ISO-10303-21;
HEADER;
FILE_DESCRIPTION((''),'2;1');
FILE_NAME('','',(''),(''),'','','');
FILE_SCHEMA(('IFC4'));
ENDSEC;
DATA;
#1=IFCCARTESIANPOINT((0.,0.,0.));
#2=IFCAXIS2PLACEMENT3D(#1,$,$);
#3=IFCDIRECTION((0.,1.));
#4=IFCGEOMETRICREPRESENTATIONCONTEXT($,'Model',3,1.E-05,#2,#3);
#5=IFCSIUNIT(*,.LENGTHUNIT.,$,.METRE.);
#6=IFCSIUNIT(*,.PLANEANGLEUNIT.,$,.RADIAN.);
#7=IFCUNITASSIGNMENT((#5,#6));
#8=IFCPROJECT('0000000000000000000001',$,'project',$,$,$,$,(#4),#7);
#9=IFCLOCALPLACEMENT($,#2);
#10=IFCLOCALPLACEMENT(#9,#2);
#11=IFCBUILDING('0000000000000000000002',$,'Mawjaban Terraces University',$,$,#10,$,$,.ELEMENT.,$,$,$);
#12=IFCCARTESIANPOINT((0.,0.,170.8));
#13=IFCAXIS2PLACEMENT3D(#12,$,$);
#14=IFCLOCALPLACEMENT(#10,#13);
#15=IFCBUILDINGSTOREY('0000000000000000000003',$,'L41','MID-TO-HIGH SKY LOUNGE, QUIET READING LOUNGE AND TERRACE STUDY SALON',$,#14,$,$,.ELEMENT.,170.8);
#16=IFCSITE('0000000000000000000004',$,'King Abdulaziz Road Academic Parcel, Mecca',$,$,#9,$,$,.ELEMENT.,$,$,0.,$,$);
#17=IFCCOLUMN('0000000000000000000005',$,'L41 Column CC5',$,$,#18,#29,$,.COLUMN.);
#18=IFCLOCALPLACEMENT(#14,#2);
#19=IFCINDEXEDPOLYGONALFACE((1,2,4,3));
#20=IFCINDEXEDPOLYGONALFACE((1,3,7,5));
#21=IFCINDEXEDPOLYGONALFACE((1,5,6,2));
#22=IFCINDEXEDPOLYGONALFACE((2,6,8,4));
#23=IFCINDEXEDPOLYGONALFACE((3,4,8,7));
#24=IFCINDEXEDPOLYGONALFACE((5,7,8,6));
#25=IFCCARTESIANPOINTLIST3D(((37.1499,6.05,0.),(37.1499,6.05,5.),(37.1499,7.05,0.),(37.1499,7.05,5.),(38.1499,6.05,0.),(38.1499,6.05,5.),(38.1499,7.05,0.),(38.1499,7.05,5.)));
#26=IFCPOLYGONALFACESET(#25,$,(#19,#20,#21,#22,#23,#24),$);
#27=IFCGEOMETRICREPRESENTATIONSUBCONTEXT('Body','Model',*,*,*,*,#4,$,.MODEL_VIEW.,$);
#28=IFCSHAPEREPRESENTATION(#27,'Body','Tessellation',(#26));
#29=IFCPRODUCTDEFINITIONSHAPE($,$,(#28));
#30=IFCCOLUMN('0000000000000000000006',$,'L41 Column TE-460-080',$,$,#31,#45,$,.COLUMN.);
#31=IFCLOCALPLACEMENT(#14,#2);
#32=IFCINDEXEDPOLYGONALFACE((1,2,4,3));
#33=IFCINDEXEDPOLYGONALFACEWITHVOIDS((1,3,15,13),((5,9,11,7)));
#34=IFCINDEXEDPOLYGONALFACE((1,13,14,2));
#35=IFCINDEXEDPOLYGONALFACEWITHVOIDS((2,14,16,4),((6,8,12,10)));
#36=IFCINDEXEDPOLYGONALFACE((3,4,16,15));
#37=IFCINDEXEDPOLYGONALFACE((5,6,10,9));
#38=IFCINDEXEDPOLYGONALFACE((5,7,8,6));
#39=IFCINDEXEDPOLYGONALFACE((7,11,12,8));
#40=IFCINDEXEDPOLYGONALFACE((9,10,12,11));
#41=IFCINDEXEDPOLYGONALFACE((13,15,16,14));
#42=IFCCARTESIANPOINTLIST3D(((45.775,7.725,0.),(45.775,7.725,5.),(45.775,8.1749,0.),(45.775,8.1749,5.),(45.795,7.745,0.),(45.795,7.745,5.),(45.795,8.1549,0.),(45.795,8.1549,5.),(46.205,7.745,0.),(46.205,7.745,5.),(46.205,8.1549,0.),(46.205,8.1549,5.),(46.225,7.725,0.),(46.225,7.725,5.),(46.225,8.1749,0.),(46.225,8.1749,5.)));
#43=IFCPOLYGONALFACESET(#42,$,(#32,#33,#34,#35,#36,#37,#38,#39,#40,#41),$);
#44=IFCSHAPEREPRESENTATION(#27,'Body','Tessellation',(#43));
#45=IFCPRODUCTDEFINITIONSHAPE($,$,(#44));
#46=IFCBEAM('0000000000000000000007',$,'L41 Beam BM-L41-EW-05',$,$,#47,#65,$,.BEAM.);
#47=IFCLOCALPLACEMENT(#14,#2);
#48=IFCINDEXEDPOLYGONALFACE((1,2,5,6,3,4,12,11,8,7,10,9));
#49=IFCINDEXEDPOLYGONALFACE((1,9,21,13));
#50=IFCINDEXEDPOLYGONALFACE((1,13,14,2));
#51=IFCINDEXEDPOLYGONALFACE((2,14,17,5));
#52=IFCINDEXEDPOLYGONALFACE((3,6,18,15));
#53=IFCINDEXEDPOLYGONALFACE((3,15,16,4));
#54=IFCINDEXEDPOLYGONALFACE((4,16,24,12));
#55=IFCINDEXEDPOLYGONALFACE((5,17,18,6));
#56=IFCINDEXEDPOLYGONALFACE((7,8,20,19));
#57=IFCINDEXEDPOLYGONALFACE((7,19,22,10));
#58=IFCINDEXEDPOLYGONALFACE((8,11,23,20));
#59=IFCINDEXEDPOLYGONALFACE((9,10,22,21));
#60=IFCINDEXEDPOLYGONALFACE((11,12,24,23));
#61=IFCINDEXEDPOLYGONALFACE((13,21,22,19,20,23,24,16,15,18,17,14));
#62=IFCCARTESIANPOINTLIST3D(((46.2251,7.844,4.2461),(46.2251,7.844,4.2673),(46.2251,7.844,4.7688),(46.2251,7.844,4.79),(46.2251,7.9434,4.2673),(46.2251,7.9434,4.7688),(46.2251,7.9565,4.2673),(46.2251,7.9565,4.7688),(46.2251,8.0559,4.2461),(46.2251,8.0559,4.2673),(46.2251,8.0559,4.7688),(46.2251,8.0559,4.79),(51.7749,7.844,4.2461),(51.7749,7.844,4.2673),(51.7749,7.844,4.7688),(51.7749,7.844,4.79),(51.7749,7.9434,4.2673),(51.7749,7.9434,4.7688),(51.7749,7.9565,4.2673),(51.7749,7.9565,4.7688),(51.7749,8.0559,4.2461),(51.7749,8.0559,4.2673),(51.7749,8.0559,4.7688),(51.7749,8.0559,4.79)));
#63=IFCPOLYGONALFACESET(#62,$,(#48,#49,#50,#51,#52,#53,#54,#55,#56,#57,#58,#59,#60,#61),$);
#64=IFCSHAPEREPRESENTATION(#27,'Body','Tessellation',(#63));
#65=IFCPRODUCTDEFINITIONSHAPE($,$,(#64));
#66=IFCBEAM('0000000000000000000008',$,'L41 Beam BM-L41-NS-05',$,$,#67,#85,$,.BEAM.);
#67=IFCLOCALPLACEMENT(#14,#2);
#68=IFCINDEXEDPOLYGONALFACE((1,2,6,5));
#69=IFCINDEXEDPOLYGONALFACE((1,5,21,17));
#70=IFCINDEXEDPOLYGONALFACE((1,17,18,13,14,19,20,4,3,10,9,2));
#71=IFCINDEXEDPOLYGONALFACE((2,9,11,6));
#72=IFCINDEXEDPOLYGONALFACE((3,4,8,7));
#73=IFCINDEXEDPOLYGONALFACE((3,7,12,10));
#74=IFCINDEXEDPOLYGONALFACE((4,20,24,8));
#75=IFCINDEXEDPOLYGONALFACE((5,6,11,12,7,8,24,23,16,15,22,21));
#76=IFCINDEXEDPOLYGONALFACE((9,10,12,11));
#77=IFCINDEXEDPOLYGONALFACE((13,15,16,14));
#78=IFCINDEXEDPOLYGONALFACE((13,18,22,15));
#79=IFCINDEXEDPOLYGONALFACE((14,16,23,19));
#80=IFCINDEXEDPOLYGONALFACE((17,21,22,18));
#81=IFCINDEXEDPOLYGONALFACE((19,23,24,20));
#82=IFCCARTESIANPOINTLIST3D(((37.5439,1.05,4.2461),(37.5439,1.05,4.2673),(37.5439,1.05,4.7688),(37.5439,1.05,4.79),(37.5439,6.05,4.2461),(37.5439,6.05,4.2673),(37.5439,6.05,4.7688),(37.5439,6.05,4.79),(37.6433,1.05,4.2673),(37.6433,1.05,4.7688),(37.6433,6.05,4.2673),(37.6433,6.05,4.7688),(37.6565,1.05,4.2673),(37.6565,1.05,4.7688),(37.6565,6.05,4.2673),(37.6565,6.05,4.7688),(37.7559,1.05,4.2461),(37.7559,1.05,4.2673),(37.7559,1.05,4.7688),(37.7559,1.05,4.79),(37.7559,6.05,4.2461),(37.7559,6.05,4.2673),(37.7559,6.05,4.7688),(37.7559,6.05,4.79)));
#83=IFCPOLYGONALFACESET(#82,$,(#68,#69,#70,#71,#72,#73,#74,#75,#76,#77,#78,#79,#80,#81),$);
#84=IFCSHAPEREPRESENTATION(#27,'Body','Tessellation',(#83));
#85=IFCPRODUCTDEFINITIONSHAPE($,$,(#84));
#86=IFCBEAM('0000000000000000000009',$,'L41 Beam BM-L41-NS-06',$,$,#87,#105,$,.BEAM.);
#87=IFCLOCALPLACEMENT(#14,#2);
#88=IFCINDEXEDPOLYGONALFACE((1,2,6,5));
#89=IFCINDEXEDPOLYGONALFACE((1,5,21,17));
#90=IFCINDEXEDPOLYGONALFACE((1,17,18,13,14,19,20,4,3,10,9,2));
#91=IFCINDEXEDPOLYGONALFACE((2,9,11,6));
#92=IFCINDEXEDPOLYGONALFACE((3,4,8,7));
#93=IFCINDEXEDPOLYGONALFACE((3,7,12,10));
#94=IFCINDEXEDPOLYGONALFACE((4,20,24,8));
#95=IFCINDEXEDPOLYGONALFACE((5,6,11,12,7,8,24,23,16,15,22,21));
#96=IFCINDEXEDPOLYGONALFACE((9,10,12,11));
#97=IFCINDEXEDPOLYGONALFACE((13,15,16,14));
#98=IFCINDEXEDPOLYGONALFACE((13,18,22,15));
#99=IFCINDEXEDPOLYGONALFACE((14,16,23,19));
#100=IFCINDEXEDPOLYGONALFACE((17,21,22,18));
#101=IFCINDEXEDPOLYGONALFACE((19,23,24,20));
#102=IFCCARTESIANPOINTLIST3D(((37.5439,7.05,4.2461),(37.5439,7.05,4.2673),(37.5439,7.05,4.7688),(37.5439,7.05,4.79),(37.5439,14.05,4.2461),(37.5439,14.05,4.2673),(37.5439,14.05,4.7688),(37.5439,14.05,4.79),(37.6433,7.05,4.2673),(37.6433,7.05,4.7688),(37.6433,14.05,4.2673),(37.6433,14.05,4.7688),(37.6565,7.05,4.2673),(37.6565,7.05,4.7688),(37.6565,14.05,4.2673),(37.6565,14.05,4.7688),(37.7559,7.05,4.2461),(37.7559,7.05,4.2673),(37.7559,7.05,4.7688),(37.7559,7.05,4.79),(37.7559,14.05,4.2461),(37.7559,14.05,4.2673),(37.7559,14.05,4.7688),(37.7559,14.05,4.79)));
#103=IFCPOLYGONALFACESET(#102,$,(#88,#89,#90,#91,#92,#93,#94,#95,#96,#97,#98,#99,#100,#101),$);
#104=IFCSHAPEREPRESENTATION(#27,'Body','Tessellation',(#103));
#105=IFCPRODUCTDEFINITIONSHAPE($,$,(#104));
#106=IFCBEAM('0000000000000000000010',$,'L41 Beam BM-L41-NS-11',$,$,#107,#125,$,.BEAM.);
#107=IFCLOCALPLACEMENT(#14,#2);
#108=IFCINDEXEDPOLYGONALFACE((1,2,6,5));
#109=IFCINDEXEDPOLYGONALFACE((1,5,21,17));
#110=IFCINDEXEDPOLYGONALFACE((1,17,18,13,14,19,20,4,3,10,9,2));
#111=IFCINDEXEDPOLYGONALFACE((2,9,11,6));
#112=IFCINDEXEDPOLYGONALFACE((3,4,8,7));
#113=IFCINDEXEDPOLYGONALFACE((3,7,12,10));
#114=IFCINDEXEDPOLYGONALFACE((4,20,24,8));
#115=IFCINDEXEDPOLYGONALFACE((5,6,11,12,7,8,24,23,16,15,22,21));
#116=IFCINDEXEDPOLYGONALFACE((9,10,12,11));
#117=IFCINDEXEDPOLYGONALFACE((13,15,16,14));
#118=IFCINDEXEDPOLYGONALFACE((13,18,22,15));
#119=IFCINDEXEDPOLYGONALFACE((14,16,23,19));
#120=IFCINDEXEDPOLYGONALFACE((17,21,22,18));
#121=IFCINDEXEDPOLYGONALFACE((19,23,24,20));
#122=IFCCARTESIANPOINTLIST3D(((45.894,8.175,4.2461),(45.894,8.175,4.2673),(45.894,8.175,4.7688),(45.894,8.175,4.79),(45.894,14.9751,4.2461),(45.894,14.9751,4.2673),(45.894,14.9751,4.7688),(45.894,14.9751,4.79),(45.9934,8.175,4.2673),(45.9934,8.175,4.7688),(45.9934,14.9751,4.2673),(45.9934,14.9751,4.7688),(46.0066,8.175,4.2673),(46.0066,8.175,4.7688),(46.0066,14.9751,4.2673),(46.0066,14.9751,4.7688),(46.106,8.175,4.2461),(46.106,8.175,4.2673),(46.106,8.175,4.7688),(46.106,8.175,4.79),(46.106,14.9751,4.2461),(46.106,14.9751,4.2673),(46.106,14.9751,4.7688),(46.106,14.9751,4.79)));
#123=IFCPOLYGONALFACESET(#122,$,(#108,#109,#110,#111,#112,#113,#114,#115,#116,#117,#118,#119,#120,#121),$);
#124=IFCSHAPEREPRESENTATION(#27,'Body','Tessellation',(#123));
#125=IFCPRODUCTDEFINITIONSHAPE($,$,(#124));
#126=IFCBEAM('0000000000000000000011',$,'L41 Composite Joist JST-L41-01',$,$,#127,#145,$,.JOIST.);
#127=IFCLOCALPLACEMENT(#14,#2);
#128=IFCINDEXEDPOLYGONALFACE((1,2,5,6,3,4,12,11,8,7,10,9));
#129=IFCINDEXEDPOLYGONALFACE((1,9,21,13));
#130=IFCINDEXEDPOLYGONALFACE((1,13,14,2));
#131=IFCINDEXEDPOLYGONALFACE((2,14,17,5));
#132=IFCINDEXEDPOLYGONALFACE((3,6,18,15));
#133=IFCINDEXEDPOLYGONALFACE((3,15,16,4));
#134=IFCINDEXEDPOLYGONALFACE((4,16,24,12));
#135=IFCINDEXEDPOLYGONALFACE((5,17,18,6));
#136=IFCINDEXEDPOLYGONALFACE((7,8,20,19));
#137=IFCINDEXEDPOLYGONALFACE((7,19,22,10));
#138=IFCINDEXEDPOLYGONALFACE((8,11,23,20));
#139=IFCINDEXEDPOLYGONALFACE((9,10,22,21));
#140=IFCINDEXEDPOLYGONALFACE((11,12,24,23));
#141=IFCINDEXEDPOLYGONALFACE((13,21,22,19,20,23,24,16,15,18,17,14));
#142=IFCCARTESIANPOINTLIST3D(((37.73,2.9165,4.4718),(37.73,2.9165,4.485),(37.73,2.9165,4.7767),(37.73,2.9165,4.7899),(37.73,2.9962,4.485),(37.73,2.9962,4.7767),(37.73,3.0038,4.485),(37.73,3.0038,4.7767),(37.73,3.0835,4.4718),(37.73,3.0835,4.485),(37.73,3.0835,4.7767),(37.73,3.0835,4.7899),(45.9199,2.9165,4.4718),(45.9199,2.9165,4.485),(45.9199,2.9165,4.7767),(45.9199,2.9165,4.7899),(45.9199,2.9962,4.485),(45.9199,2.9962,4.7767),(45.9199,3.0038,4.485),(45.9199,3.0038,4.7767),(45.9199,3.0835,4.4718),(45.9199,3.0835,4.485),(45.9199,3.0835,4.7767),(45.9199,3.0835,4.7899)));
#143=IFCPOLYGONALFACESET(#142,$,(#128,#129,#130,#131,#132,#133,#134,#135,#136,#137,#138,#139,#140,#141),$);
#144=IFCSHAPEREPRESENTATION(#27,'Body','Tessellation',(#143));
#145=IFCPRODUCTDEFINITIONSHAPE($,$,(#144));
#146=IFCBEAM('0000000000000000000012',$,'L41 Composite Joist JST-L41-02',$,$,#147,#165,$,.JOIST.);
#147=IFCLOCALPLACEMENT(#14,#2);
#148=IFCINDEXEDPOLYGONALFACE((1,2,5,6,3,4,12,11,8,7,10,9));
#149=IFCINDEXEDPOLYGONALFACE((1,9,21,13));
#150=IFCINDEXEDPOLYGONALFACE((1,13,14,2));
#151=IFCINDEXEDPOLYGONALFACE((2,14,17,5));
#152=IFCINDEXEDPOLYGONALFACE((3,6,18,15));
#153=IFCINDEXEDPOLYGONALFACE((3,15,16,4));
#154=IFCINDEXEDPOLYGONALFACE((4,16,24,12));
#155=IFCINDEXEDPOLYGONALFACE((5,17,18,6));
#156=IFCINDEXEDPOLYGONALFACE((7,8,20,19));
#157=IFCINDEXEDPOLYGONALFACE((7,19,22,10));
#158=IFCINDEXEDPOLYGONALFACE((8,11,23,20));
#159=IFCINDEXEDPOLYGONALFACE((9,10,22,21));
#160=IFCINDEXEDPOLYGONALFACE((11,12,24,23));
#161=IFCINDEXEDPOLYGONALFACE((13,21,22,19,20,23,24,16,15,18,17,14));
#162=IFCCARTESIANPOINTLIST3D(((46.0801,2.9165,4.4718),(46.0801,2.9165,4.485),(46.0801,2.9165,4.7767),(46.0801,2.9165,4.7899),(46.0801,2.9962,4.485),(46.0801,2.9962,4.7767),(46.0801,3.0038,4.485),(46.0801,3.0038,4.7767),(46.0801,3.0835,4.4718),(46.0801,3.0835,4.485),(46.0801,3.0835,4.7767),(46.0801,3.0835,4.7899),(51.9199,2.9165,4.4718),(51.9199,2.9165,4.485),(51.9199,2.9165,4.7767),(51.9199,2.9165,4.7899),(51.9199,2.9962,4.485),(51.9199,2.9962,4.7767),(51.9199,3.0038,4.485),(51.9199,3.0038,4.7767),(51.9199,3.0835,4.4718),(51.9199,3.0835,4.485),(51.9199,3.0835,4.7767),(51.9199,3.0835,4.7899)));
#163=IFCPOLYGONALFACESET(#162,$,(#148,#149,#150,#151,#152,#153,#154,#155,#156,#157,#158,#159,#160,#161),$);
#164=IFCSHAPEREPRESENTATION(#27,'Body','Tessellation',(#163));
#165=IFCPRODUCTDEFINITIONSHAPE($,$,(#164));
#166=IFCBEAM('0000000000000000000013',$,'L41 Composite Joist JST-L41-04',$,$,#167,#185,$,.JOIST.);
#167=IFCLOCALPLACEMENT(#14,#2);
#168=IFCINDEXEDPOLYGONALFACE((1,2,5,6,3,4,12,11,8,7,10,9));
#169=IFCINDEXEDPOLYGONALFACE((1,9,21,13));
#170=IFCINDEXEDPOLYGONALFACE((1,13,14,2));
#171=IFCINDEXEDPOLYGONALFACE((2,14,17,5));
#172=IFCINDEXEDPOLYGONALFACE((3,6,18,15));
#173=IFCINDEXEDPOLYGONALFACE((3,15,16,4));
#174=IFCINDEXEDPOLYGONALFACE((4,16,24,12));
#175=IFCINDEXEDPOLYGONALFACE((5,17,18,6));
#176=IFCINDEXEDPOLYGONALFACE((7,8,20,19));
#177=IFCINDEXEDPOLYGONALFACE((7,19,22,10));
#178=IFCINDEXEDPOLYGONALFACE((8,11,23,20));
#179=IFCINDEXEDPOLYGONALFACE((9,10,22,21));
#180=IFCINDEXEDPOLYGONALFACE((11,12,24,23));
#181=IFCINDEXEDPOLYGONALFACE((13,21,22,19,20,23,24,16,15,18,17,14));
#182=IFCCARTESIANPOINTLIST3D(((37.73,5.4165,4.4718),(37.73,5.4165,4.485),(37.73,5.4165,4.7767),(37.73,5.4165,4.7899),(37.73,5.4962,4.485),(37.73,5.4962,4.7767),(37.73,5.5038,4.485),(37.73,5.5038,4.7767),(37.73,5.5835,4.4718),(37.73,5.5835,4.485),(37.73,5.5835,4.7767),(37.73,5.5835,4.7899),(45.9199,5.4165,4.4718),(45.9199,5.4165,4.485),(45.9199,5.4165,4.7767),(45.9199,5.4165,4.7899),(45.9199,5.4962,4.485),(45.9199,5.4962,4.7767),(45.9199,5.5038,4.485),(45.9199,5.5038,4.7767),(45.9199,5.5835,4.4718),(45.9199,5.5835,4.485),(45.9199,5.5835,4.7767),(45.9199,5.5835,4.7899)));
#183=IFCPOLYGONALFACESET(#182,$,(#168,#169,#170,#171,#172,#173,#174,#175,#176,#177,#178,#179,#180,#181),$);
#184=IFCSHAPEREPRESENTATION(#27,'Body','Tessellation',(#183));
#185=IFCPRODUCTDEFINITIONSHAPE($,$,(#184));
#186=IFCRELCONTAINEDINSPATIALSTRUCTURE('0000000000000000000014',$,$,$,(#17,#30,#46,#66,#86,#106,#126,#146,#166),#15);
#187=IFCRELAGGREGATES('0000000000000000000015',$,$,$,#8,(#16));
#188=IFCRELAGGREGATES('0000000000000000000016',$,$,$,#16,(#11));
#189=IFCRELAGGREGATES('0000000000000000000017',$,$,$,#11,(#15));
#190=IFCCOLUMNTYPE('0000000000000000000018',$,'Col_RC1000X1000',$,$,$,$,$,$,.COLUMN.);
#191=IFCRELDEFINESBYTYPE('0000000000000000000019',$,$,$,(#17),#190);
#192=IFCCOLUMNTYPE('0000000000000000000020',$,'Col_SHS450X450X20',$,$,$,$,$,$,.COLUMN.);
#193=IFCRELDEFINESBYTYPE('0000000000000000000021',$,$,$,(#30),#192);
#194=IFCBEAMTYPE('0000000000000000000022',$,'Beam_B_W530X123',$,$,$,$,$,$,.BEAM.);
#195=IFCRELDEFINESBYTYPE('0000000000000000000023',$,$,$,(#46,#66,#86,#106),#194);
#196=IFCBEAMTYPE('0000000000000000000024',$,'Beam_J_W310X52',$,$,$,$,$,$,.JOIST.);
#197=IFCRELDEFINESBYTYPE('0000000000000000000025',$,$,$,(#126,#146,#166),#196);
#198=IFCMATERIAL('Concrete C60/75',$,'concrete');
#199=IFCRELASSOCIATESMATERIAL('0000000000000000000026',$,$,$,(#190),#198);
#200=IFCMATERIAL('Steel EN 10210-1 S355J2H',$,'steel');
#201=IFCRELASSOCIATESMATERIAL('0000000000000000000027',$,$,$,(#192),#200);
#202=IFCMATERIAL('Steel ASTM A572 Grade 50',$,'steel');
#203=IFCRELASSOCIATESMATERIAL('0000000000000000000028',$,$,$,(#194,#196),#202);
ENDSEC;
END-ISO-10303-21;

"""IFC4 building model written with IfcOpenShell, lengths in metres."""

from ifc_helpers import new_model, si_unit, direction, frame, origin, origin_2d, place, context, subcontext, project, spatial, rectangle, hollow_rectangle, i_section, extrude, material, material_profile, profile_set, type_object, element, save


model = new_model("IFC4")

# Units and contexts
model_context = context("Model", 3, precision=1e-05, world=origin(), true_north=direction((0.0, 1.0)))
body_context = subcontext(model_context, "Body", "Model", "MODEL_VIEW")
ifc_project = project(units=[si_unit("LENGTHUNIT", "METRE"), si_unit("PLANEANGLEUNIT", "RADIAN")], contexts=[model_context])

# Site, building, storey
site_placement = place(None, origin())
site = spatial("IfcSite", under=ifc_project, at=site_placement, Name="King Abdulaziz Road Academic Parcel, Mecca", CompositionType="ELEMENT", RefElevation=0.0)
building_placement = place(site_placement, origin())
building = spatial("IfcBuilding", under=site, at=building_placement, Name="Mawjaban Terraces University", CompositionType="ELEMENT")
storey_placement = place(building_placement, frame((0.0, 0.0, 170.8)))
storey = spatial("IfcBuildingStorey", under=building, at=storey_placement, Name="L41", Description="MID-TO-HIGH SKY LOUNGE, QUIET READING LOUNGE AND TERRACE STUDY SALON", CompositionType="ELEMENT", Elevation=170.8)

# Columns
ifc_material_1 = material(Name="Concrete C60/75", Category="concrete")
ifc_material_profile_1 = material_profile(ifc_material_1, rectangle(XDim=1.0, YDim=1.0, at=origin_2d()), Name="RC1000X1000")
ifc_profile_set_1 = profile_set([ifc_material_profile_1], Name="Concrete C60/75")
column_type_1 = type_object("IfcColumnType", Name="Col_RC1000X1000", PredefinedType="COLUMN", material=ifc_profile_set_1)
column_1_placement = place(storey_placement, frame((37.6499, 6.55, 0.0), z_axis=(0.0, 0.0, 1.0), x_axis=(1.0, 0.0, 0.0)))
element("IfcColumn", 1, at=column_1_placement, inside=storey, type_object=column_type_1, Name="L41 Column CC5", PredefinedType="COLUMN", context=body_context, shape_type="SweptSolid", body=[
    extrude(rectangle(XDim=1.0, YDim=1.0, at=origin_2d()), origin(), (0.0, 0.0, 1.0), 5.0),
])
ifc_material_2 = material(Name="Steel EN 10210-1 S355J2H", Category="steel")
ifc_material_profile_2 = material_profile(ifc_material_2, hollow_rectangle(XDim=0.45, YDim=0.45, WallThickness=0.02, at=origin_2d()), Name="SHS450X450X20")
ifc_profile_set_2 = profile_set([ifc_material_profile_2], Name="Steel EN 10210-1 S355J2H")
column_type_2 = type_object("IfcColumnType", Name="Col_SHS450X450X20", PredefinedType="COLUMN", material=ifc_profile_set_2)
column_2_placement = place(storey_placement, frame((46.0, 7.95, 0.0), z_axis=(0.0, 0.0, 1.0), x_axis=(1.0, 0.0, 0.0)))
element("IfcColumn", 2, at=column_2_placement, inside=storey, type_object=column_type_2, Name="L41 Column TE-460-080", PredefinedType="COLUMN", context=body_context, shape_type="SweptSolid", body=[
    extrude(hollow_rectangle(XDim=0.45, YDim=0.45, WallThickness=0.02, at=origin_2d()), origin(), (0.0, 0.0, 1.0), 5.0),
])

# Beams
ifc_material_3 = material(Name="Steel ASTM A572 Grade 50", Category="steel")
ifc_material_profile_3 = material_profile(ifc_material_3, i_section(OverallWidth=0.2119, OverallDepth=0.5439, WebThickness=0.0132, FlangeThickness=0.0212, at=origin_2d()), Name="W530X123")
ifc_profile_set_3 = profile_set([ifc_material_profile_3], Name="Steel ASTM A572 Grade 50")
beam_type_1 = type_object("IfcBeamType", Name="Beam_B_W530X123", PredefinedType="BEAM", material=ifc_profile_set_3)
beam_1_placement = place(storey_placement, frame((46.2251, 7.95, 4.5181), z_axis=(1.0, 0.0, 0.0), x_axis=(0.0, 1.0, 0.0)))
element("IfcBeam", 3, at=beam_1_placement, inside=storey, type_object=beam_type_1, Name="L41 Beam BM-L41-EW-05", PredefinedType="BEAM", context=body_context, shape_type="SweptSolid", body=[
    extrude(i_section(OverallWidth=0.2119, OverallDepth=0.5439, WebThickness=0.0132, FlangeThickness=0.0212, at=origin_2d()), origin(), (0.0, 0.0, 1.0), 5.5498),
])
beam_2_placement = place(storey_placement, frame((37.6499, 1.05, 4.5181), z_axis=(0.0, 1.0, 0.0), x_axis=(-1.0, 0.0, 0.0)))
element("IfcBeam", 4, at=beam_2_placement, inside=storey, type_object=beam_type_1, Name="L41 Beam BM-L41-NS-05", PredefinedType="BEAM", context=body_context, shape_type="SweptSolid", body=[
    extrude(i_section(OverallWidth=0.2119, OverallDepth=0.5439, WebThickness=0.0132, FlangeThickness=0.0212, at=origin_2d()), origin(), (0.0, 0.0, 1.0), 5.0),
])
beam_3_placement = place(storey_placement, frame((37.6499, 7.05, 4.5181), z_axis=(0.0, 1.0, 0.0), x_axis=(-1.0, 0.0, 0.0)))
element("IfcBeam", 5, at=beam_3_placement, inside=storey, type_object=beam_type_1, Name="L41 Beam BM-L41-NS-06", PredefinedType="BEAM", context=body_context, shape_type="SweptSolid", body=[
    extrude(i_section(OverallWidth=0.2119, OverallDepth=0.5439, WebThickness=0.0132, FlangeThickness=0.0212, at=origin_2d()), origin(), (0.0, 0.0, 1.0), 7.0),
])
beam_4_placement = place(storey_placement, frame((46.0, 8.175, 4.5181), z_axis=(0.0, 1.0, 0.0), x_axis=(-1.0, 0.0, 0.0)))
element("IfcBeam", 6, at=beam_4_placement, inside=storey, type_object=beam_type_1, Name="L41 Beam BM-L41-NS-11", PredefinedType="BEAM", context=body_context, shape_type="SweptSolid", body=[
    extrude(i_section(OverallWidth=0.2119, OverallDepth=0.5439, WebThickness=0.0132, FlangeThickness=0.0212, at=origin_2d()), origin(), (0.0, 0.0, 1.0), 6.8),
])
ifc_material_profile_4 = material_profile(ifc_material_3, i_section(OverallWidth=0.167, OverallDepth=0.3181, WebThickness=0.0076, FlangeThickness=0.0132, at=origin_2d()), Name="W310X52")
ifc_profile_set_4 = profile_set([ifc_material_profile_4], Name="Steel ASTM A572 Grade 50")
beam_type_2 = type_object("IfcBeamType", Name="Beam_J_W310X52", PredefinedType="JOIST", material=ifc_profile_set_4)
beam_5_placement = place(storey_placement, frame((37.73, 3.0, 4.6309), z_axis=(1.0, 0.0, 0.0), x_axis=(0.0, 1.0, 0.0)))
element("IfcBeam", 7, at=beam_5_placement, inside=storey, type_object=beam_type_2, Name="L41 Composite Joist JST-L41-01", PredefinedType="JOIST", context=body_context, shape_type="SweptSolid", body=[
    extrude(i_section(OverallWidth=0.167, OverallDepth=0.3181, WebThickness=0.0076, FlangeThickness=0.0132, at=origin_2d()), origin(), (0.0, 0.0, 1.0), 8.1899),
])
beam_6_placement = place(storey_placement, frame((46.0801, 3.0, 4.6309), z_axis=(1.0, 0.0, 0.0), x_axis=(0.0, 1.0, 0.0)))
element("IfcBeam", 8, at=beam_6_placement, inside=storey, type_object=beam_type_2, Name="L41 Composite Joist JST-L41-02", PredefinedType="JOIST", context=body_context, shape_type="SweptSolid", body=[
    extrude(i_section(OverallWidth=0.167, OverallDepth=0.3181, WebThickness=0.0076, FlangeThickness=0.0132, at=origin_2d()), origin(), (0.0, 0.0, 1.0), 5.8398),
])
beam_7_placement = place(storey_placement, frame((37.73, 5.5, 4.6309), z_axis=(1.0, 0.0, 0.0), x_axis=(0.0, 1.0, 0.0)))
element("IfcBeam", 9, at=beam_7_placement, inside=storey, type_object=beam_type_2, Name="L41 Composite Joist JST-L41-04", PredefinedType="JOIST", context=body_context, shape_type="SweptSolid", body=[
    extrude(i_section(OverallWidth=0.167, OverallDepth=0.3181, WebThickness=0.0076, FlangeThickness=0.0132, at=origin_2d()), origin(), (0.0, 0.0, 1.0), 8.1899),
])

save(model, "model.ifc")
